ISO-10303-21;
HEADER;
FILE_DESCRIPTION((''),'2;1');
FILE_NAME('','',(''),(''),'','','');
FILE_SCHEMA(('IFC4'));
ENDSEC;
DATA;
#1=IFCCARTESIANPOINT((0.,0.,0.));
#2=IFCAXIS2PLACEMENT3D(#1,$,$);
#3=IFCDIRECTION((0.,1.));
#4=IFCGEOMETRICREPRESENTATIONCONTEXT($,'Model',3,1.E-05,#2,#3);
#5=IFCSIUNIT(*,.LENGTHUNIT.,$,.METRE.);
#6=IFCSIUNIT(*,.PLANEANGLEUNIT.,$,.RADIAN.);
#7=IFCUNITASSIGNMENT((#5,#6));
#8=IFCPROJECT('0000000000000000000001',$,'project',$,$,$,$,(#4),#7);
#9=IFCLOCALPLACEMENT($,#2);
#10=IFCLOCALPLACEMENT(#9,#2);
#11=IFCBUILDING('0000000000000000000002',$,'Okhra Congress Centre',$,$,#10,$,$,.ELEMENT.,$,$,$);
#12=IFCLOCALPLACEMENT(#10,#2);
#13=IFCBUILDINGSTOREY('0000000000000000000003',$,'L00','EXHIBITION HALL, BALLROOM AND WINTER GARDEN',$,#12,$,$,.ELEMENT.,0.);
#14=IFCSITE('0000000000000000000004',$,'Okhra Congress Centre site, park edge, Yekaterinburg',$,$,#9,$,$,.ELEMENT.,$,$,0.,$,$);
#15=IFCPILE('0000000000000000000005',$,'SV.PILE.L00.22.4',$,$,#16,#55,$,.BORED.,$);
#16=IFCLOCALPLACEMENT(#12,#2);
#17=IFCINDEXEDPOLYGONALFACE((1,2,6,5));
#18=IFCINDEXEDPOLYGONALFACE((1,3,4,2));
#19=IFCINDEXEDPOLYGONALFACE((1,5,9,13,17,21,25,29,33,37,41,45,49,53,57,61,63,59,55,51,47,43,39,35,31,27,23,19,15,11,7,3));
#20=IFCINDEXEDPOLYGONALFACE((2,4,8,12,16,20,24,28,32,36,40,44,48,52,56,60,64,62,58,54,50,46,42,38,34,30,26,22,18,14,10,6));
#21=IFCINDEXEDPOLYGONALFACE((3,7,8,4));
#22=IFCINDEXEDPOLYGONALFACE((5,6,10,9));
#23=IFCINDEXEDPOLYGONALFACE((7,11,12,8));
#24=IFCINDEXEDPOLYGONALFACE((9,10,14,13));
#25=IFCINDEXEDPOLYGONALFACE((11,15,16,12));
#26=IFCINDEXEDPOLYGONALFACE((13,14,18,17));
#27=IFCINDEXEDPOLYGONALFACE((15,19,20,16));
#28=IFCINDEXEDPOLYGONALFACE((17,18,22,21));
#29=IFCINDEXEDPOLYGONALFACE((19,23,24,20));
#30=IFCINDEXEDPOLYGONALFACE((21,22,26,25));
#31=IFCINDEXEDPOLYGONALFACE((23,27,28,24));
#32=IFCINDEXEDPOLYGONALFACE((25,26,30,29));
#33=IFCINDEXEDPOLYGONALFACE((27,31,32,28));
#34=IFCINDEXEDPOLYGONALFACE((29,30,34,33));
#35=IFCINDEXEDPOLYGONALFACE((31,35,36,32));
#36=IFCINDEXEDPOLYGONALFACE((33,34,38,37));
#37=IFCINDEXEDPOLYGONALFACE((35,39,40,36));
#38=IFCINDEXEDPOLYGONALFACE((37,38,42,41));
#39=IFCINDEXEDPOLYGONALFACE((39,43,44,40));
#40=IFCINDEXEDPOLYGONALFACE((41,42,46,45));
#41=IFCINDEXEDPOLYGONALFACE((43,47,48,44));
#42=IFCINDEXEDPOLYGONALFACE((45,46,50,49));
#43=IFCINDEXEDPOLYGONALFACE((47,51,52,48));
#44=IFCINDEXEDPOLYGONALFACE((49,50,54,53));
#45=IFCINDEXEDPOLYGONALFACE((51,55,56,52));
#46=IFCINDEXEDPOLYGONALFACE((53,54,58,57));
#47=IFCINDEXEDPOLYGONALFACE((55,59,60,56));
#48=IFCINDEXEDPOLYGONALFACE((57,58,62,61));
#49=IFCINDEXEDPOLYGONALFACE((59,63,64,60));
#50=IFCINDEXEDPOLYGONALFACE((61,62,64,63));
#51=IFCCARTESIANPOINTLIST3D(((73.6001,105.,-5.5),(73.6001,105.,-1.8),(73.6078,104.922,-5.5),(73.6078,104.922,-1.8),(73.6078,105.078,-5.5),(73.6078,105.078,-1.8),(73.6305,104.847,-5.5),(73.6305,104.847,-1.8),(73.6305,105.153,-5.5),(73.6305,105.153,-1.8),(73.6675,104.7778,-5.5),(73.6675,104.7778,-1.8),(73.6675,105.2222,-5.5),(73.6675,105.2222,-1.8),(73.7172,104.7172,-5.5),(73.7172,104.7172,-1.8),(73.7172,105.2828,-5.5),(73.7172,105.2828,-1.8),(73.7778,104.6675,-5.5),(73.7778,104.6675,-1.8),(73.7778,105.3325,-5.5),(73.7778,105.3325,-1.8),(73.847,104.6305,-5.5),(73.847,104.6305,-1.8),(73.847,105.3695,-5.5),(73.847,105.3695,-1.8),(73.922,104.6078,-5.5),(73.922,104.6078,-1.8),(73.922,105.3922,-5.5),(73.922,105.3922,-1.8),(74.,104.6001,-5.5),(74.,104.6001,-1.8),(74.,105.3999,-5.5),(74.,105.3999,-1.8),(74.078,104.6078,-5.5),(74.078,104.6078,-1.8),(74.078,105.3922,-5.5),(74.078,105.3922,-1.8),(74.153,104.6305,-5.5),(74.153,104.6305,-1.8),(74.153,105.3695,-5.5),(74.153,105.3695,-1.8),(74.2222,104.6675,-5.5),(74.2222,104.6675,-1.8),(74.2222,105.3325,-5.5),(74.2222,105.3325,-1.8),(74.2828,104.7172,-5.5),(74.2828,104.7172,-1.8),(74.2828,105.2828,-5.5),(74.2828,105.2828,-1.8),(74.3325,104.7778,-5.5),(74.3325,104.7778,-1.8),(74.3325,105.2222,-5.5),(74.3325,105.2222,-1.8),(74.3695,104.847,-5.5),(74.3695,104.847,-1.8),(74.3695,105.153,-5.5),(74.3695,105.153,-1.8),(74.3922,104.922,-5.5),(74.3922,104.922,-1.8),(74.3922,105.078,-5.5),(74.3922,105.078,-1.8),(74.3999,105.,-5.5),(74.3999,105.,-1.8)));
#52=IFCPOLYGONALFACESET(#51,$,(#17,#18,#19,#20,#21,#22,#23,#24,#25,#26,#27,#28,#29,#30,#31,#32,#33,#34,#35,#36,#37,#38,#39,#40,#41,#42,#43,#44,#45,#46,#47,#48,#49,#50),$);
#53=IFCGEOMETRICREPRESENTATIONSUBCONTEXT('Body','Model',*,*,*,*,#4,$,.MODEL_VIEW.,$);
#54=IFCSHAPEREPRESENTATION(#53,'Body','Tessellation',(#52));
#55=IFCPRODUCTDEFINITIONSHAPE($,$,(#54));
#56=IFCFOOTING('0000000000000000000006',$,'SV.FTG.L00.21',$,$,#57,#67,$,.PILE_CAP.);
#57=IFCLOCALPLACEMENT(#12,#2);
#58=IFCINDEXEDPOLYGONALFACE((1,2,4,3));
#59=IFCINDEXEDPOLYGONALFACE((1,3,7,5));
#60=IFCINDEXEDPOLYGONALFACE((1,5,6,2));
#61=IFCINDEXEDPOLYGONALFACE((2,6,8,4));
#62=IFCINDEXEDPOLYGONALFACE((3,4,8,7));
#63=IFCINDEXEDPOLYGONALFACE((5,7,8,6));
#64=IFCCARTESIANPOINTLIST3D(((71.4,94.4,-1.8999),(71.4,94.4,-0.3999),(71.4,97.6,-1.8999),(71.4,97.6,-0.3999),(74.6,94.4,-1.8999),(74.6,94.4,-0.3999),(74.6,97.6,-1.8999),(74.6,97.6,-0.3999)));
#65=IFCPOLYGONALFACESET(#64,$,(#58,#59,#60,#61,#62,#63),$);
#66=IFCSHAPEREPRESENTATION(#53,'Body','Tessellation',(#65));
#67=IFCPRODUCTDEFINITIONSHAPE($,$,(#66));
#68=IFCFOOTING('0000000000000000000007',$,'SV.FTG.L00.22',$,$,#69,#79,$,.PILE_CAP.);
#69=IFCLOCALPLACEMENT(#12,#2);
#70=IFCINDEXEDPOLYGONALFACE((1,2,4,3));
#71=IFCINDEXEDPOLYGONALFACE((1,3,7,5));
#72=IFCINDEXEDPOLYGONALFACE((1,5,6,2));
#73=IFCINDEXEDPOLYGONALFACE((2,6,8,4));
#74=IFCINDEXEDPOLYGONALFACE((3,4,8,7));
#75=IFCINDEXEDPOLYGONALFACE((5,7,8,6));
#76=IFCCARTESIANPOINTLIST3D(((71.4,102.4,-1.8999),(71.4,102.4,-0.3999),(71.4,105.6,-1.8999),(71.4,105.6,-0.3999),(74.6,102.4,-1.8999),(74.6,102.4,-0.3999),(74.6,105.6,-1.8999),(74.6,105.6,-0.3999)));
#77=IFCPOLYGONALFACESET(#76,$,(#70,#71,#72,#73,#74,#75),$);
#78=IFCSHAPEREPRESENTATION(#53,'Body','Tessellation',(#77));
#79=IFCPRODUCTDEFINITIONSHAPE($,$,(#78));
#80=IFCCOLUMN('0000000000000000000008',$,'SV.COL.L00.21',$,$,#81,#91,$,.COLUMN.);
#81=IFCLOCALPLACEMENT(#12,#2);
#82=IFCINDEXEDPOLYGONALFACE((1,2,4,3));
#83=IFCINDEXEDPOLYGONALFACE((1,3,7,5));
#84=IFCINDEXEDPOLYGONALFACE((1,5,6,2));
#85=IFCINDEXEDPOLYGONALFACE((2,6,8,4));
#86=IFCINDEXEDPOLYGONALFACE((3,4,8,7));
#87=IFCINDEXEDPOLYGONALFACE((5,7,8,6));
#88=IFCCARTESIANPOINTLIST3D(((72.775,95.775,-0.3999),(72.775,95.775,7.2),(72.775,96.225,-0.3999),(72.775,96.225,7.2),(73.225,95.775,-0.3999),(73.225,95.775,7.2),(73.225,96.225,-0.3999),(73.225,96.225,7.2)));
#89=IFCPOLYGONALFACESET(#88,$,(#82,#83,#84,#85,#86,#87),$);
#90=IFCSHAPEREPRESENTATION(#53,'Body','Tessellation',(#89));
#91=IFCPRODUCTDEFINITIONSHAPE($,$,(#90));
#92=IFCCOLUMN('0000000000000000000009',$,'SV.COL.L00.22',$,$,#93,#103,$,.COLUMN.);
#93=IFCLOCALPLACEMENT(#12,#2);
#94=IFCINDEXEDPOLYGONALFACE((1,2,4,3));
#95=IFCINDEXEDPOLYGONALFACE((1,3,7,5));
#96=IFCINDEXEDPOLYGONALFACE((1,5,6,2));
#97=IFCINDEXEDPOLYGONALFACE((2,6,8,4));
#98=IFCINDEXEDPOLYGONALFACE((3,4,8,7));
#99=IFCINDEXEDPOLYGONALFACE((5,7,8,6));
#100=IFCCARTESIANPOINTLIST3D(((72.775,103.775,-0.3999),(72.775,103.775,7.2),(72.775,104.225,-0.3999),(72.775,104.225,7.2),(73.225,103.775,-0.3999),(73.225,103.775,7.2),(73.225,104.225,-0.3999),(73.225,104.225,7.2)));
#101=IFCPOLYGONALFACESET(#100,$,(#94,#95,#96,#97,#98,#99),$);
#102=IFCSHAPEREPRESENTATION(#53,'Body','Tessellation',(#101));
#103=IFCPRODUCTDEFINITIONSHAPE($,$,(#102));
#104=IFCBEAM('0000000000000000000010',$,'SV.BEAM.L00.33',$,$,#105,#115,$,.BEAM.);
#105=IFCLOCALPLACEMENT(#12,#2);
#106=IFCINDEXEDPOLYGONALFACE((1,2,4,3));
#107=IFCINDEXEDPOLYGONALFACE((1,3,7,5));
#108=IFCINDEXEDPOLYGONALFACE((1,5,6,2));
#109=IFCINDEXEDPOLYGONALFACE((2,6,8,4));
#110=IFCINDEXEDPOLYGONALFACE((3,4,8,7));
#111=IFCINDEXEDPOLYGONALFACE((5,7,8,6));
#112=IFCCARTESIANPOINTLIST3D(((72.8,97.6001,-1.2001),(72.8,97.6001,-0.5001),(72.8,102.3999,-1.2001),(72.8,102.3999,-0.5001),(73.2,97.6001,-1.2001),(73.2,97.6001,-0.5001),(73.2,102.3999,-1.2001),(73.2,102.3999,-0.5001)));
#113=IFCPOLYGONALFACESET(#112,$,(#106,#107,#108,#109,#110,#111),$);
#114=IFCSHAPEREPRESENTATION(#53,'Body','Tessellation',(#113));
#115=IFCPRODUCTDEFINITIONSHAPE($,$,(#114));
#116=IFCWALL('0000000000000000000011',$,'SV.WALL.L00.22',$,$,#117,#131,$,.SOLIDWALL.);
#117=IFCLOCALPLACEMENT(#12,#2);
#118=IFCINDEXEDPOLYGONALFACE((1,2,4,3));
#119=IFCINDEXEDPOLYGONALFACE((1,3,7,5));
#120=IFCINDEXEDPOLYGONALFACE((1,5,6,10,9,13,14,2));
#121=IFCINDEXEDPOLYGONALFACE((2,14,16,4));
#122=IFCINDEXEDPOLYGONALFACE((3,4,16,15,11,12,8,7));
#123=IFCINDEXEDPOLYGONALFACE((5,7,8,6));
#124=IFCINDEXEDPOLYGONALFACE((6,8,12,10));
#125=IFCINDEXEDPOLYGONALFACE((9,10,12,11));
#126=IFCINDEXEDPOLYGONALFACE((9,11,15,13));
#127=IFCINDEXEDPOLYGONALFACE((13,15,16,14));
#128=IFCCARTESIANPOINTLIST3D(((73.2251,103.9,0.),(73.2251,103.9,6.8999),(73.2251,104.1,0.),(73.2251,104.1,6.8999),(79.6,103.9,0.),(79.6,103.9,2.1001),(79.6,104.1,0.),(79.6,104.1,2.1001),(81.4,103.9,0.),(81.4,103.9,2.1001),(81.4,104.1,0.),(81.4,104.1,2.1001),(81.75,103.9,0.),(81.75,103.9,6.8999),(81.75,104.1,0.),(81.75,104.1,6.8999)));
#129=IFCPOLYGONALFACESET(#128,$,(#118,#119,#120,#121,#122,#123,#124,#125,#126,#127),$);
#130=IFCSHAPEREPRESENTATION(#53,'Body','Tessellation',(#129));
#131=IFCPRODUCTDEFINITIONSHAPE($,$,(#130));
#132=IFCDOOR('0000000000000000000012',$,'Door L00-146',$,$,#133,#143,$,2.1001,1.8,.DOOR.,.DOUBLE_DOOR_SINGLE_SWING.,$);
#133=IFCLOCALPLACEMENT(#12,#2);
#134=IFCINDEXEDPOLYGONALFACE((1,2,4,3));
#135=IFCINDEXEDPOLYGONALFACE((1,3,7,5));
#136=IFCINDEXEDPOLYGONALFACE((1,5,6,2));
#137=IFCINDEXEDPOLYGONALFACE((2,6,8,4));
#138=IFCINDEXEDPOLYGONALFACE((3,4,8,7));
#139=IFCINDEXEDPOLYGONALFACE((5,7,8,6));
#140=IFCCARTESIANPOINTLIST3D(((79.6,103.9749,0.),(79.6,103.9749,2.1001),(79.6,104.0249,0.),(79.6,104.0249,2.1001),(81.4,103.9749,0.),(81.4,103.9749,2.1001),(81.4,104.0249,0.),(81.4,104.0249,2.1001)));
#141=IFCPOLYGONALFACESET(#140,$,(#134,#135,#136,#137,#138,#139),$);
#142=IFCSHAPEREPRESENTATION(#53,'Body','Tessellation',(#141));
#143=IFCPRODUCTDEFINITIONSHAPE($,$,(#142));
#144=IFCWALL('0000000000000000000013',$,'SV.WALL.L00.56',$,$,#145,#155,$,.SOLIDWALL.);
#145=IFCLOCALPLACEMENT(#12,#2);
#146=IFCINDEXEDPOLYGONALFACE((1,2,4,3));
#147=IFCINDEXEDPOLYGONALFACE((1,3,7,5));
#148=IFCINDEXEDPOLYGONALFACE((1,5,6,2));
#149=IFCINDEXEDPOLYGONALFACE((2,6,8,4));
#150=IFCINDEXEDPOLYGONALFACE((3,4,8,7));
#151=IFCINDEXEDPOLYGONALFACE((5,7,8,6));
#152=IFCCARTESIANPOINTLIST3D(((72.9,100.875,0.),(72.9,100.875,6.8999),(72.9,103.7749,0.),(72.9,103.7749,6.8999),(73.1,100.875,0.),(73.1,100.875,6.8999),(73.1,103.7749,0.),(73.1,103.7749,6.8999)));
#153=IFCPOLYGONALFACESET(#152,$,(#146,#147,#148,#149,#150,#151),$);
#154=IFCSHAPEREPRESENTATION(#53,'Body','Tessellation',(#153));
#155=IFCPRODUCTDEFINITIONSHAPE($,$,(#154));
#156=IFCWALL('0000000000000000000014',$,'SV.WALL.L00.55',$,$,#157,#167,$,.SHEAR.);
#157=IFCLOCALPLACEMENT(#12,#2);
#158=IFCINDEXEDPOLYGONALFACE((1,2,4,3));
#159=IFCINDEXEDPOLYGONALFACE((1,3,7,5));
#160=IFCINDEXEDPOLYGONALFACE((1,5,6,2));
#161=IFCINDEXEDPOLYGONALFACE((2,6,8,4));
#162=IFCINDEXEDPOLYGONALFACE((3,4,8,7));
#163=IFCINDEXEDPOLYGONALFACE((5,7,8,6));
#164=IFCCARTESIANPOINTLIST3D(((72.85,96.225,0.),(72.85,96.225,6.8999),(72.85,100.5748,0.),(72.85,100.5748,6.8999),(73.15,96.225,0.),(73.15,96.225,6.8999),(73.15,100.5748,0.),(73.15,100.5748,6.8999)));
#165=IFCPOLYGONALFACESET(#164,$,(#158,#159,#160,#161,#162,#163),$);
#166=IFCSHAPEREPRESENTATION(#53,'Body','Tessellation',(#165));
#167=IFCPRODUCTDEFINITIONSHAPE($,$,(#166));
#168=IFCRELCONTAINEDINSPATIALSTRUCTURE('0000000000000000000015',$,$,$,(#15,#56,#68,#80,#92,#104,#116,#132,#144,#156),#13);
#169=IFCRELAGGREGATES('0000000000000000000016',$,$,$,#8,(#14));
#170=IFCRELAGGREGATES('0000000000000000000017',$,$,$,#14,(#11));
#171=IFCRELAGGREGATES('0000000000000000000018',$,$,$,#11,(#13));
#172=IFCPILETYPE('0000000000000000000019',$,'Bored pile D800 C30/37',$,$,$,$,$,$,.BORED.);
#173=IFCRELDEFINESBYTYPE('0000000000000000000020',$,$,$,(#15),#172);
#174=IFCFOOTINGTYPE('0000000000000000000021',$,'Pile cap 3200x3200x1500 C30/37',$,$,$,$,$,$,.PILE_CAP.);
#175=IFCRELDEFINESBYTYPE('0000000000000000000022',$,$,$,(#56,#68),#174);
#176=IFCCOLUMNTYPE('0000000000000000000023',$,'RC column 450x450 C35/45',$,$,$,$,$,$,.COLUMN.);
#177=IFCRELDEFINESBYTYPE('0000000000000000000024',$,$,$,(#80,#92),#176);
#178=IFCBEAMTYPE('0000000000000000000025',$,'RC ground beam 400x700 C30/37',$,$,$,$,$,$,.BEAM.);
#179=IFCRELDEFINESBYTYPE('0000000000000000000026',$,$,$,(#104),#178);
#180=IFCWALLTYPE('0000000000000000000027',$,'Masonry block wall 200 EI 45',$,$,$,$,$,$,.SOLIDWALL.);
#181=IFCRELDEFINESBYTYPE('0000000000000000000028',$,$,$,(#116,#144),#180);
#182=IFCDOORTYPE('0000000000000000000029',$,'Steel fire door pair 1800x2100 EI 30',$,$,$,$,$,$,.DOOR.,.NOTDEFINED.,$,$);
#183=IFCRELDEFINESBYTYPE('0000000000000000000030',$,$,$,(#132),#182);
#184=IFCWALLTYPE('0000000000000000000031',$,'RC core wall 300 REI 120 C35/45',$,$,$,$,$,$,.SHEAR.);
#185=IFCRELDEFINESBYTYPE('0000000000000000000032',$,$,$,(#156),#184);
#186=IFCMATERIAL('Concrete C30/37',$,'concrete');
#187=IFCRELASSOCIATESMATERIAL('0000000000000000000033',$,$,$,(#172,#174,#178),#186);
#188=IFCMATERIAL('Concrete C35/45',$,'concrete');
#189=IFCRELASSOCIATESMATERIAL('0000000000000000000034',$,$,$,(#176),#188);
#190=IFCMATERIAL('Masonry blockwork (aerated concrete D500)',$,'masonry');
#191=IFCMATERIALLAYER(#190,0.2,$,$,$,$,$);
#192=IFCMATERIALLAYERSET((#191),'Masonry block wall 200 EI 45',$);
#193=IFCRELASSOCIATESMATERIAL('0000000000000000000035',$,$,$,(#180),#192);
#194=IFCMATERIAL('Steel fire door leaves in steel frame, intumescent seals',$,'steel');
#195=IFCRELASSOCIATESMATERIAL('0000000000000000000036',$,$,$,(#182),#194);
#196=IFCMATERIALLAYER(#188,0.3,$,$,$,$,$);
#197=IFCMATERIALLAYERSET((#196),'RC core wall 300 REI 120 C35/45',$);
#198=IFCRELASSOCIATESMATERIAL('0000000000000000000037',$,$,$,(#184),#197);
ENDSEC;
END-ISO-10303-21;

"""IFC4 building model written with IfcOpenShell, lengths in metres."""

from ifc_helpers import new_model, si_unit, direction, frame, frame_2d, origin, origin_2d, place, context, subcontext, project, spatial, rectangle, circle, extrude, material, layer, layer_set, material_profile, profile_set, type_object, element, fill, save


model = new_model("IFC4")

# Units and contexts
model_context = context("Model", 3, precision=1e-05, world=origin(), true_north=direction((0.0, 1.0)))
body_context = subcontext(model_context, "Body", "Model", "MODEL_VIEW")
ifc_project = project(units=[si_unit("LENGTHUNIT", "METRE"), si_unit("PLANEANGLEUNIT", "RADIAN")], contexts=[model_context])

# Site, building, storey
site_placement = place(None, origin())
site = spatial("IfcSite", under=ifc_project, at=site_placement, Name="Okhra Congress Centre site, park edge, Yekaterinburg", CompositionType="ELEMENT", RefElevation=0.0)
building_placement = place(site_placement, origin())
building = spatial("IfcBuilding", under=site, at=building_placement, Name="Okhra Congress Centre", CompositionType="ELEMENT")
storey_placement = place(building_placement, origin())
storey = spatial("IfcBuildingStorey", under=building, at=storey_placement, Name="L00", Description="EXHIBITION HALL, BALLROOM AND WINTER GARDEN", CompositionType="ELEMENT", Elevation=0.0)

# Pile
ifc_material_1 = material(Name="Concrete C30/37", Category="concrete")
ifc_material_profile_1 = material_profile(ifc_material_1, circle(Radius=0.3999, at=origin_2d()), Name="D800")
ifc_profile_set_1 = profile_set([ifc_material_profile_1], Name="Concrete C30/37")
pile_type = type_object("IfcPileType", Name="Bored pile D800 C30/37", PredefinedType="BORED", material=ifc_profile_set_1)
for number, where, z_axis, x_axis, name in (
    (1, (74.0, 105.0, -1.8), (0.0, 0.0, -1.0), (1.0, 0.0, 0.0), "SV.PILE.L00.22.4"),
):
    element("IfcPile", number, at=place(storey_placement, frame(where, z_axis=z_axis, x_axis=x_axis)), inside=storey, type_object=pile_type, Name=name, PredefinedType="BORED", context=body_context, shape_type="SweptSolid", body=[
        extrude(circle(Radius=0.3999, at=origin_2d()), origin(), (0.0, 0.0, 1.0), 3.7),
    ])

# Footings
footing_type = type_object("IfcFootingType", Name="Pile cap 3200x3200x1500 C30/37", PredefinedType="PILE_CAP", material=ifc_material_1)
for number, where, z_axis, x_axis, name in (
    (2, (73.0, 96.0, -1.8999), (0.0, 0.0, 1.0), (1.0, 0.0, 0.0), "SV.FTG.L00.21"),
    (3, (73.0, 104.0, -1.8999), (0.0, 0.0, 1.0), (1.0, 0.0, 0.0), "SV.FTG.L00.22"),
):
    element("IfcFooting", number, at=place(storey_placement, frame(where, z_axis=z_axis, x_axis=x_axis)), inside=storey, type_object=footing_type, Name=name, PredefinedType="PILE_CAP", context=body_context, shape_type="SweptSolid", body=[
        extrude(rectangle(XDim=3.2, YDim=3.2, at=origin_2d()), origin(), (0.0, 0.0, 1.0), 1.5),
    ])

# Columns
ifc_material_2 = material(Name="Concrete C35/45", Category="concrete")
ifc_material_profile_2 = material_profile(ifc_material_2, rectangle(XDim=0.45, YDim=0.45, at=origin_2d()), Name="RC 450x450")
ifc_profile_set_2 = profile_set([ifc_material_profile_2], Name="Concrete C35/45")
column_type = type_object("IfcColumnType", Name="RC column 450x450 C35/45", PredefinedType="COLUMN", material=ifc_profile_set_2)
for number, where, z_axis, x_axis, name in (
    (4, (73.0, 96.0, -0.3999), (0.0, 0.0, 1.0), (1.0, 0.0, 0.0), "SV.COL.L00.21"),
    (5, (73.0, 104.0, -0.3999), (0.0, 0.0, 1.0), (1.0, 0.0, 0.0), "SV.COL.L00.22"),
):
    element("IfcColumn", number, at=place(storey_placement, frame(where, z_axis=z_axis, x_axis=x_axis)), inside=storey, type_object=column_type, Name=name, PredefinedType="COLUMN", context=body_context, shape_type="SweptSolid", body=[
        extrude(rectangle(XDim=0.45, YDim=0.45, at=origin_2d()), origin(), (0.0, 0.0, 1.0), 7.5999),
    ])

# Beam
ifc_material_profile_3 = material_profile(ifc_material_1, rectangle(XDim=0.3999, YDim=0.7, at=origin_2d()), Name="RC 400x700")
ifc_profile_set_3 = profile_set([ifc_material_profile_3], Name="Concrete C30/37")
beam_type = type_object("IfcBeamType", Name="RC ground beam 400x700 C30/37", PredefinedType="BEAM", material=ifc_profile_set_3)
beam_placement = place(storey_placement, frame((73.0, 97.6001, -0.8501), z_axis=(0.0, 1.0, 0.0), x_axis=(-1.0, 0.0, 0.0)))
element("IfcBeam", 6, at=beam_placement, inside=storey, type_object=beam_type, Name="SV.BEAM.L00.33", PredefinedType="BEAM", context=body_context, shape_type="SweptSolid", body=[
    extrude(rectangle(XDim=0.3999, YDim=0.7, at=origin_2d()), origin(), (0.0, 0.0, 1.0), 4.7998),
])

# Wall, opening, door
ifc_material_3 = material(Name="Masonry blockwork (aerated concrete D500)", Category="masonry")
ifc_layer_1 = layer(ifc_material_3, 0.2)
ifc_layer_set_1 = layer_set([ifc_layer_1], Name="Masonry block wall 200 EI 45")
wall_type_1 = type_object("IfcWallType", Name="Masonry block wall 200 EI 45", PredefinedType="SOLIDWALL", material=ifc_layer_set_1)
wall_1_placement = place(storey_placement, frame((73.2251, 104.0, 0.0), z_axis=(0.0, 0.0, 1.0), x_axis=(1.0, 0.0, 0.0)))
wall_1 = element("IfcWall", 7, at=wall_1_placement, inside=storey, type_object=wall_type_1, Name="SV.WALL.L00.22", PredefinedType="SOLIDWALL", context=body_context, shape_type="SweptSolid", body=[
    extrude(rectangle(XDim=8.5249, YDim=0.2, at=frame_2d((4.2625, 0.0))), origin(), (0.0, 0.0, 1.0), 6.8999),
])
opening_1_placement = place(wall_1_placement, frame((6.375, 0.0, 0.0)))
opening_1 = element("IfcOpeningElement", 8, at=opening_1_placement, cuts=wall_1, PredefinedType="OPENING", context=body_context, shape_type="SweptSolid", body=[
    extrude(rectangle(XDim=1.8, YDim=2.1001, at=frame_2d((0.8999, 1.05))), frame((0.0, 0.1099, 0.0), z_axis=(0.0, -1.0, 0.0), x_axis=(1.0, 0.0, 0.0)), (0.0, 0.0, 1.0), 0.22),
])
ifc_material_4 = material(Name="Steel fire door leaves in steel frame, intumescent seals", Category="steel")
door_type_1 = type_object("IfcDoorType", Name="Steel fire door pair 1800x2100 EI 30", OperationType="NOTDEFINED", PredefinedType="DOOR", material=ifc_material_4)
door_1_placement = place(opening_1_placement, origin())
door_1 = element("IfcDoor", 9, at=door_1_placement, inside=storey, type_object=door_type_1, Name="Door L00-146", OperationType="DOUBLE_DOOR_SINGLE_SWING", OverallHeight=2.1001, OverallWidth=1.8, PredefinedType="DOOR", context=body_context, shape_type="SweptSolid", body=[
    extrude(rectangle(XDim=1.8, YDim=2.1001, at=frame_2d((0.8999, 1.05))), frame((0.0, 0.0249, 0.0), z_axis=(0.0, -1.0, 0.0), x_axis=(1.0, 0.0, 0.0)), (0.0, 0.0, 1.0), 0.05),
])
fill(opening_1, door_1)

# Walls
wall_2_placement = place(storey_placement, frame((73.0, 100.875, 0.0), z_axis=(0.0, 0.0, 1.0), x_axis=(0.0, 1.0, 0.0)))
element("IfcWall", 10, at=wall_2_placement, inside=storey, type_object=wall_type_1, Name="SV.WALL.L00.56", PredefinedType="SOLIDWALL", context=body_context, shape_type="SweptSolid", body=[
    extrude(rectangle(XDim=2.8999, YDim=0.2, at=frame_2d((1.45, 0.0))), origin(), (0.0, 0.0, 1.0), 6.8999),
])
ifc_layer_2 = layer(ifc_material_2, 0.3)
ifc_layer_set_2 = layer_set([ifc_layer_2], Name="RC core wall 300 REI 120 C35/45")
wall_type_2 = type_object("IfcWallType", Name="RC core wall 300 REI 120 C35/45", PredefinedType="SHEAR", material=ifc_layer_set_2)
wall_3_placement = place(storey_placement, frame((73.0, 96.2251, 0.0), z_axis=(0.0, 0.0, 1.0), x_axis=(0.0, 1.0, 0.0)))
element("IfcWall", 11, at=wall_3_placement, inside=storey, type_object=wall_type_2, Name="SV.WALL.L00.55", PredefinedType="SHEAR", context=body_context, shape_type="SweptSolid", body=[
    extrude(rectangle(XDim=4.3499, YDim=0.3, at=frame_2d((2.1748, 0.0))), origin(), (0.0, 0.0, 1.0), 6.8999),
])

save(model, "model.ifc")
